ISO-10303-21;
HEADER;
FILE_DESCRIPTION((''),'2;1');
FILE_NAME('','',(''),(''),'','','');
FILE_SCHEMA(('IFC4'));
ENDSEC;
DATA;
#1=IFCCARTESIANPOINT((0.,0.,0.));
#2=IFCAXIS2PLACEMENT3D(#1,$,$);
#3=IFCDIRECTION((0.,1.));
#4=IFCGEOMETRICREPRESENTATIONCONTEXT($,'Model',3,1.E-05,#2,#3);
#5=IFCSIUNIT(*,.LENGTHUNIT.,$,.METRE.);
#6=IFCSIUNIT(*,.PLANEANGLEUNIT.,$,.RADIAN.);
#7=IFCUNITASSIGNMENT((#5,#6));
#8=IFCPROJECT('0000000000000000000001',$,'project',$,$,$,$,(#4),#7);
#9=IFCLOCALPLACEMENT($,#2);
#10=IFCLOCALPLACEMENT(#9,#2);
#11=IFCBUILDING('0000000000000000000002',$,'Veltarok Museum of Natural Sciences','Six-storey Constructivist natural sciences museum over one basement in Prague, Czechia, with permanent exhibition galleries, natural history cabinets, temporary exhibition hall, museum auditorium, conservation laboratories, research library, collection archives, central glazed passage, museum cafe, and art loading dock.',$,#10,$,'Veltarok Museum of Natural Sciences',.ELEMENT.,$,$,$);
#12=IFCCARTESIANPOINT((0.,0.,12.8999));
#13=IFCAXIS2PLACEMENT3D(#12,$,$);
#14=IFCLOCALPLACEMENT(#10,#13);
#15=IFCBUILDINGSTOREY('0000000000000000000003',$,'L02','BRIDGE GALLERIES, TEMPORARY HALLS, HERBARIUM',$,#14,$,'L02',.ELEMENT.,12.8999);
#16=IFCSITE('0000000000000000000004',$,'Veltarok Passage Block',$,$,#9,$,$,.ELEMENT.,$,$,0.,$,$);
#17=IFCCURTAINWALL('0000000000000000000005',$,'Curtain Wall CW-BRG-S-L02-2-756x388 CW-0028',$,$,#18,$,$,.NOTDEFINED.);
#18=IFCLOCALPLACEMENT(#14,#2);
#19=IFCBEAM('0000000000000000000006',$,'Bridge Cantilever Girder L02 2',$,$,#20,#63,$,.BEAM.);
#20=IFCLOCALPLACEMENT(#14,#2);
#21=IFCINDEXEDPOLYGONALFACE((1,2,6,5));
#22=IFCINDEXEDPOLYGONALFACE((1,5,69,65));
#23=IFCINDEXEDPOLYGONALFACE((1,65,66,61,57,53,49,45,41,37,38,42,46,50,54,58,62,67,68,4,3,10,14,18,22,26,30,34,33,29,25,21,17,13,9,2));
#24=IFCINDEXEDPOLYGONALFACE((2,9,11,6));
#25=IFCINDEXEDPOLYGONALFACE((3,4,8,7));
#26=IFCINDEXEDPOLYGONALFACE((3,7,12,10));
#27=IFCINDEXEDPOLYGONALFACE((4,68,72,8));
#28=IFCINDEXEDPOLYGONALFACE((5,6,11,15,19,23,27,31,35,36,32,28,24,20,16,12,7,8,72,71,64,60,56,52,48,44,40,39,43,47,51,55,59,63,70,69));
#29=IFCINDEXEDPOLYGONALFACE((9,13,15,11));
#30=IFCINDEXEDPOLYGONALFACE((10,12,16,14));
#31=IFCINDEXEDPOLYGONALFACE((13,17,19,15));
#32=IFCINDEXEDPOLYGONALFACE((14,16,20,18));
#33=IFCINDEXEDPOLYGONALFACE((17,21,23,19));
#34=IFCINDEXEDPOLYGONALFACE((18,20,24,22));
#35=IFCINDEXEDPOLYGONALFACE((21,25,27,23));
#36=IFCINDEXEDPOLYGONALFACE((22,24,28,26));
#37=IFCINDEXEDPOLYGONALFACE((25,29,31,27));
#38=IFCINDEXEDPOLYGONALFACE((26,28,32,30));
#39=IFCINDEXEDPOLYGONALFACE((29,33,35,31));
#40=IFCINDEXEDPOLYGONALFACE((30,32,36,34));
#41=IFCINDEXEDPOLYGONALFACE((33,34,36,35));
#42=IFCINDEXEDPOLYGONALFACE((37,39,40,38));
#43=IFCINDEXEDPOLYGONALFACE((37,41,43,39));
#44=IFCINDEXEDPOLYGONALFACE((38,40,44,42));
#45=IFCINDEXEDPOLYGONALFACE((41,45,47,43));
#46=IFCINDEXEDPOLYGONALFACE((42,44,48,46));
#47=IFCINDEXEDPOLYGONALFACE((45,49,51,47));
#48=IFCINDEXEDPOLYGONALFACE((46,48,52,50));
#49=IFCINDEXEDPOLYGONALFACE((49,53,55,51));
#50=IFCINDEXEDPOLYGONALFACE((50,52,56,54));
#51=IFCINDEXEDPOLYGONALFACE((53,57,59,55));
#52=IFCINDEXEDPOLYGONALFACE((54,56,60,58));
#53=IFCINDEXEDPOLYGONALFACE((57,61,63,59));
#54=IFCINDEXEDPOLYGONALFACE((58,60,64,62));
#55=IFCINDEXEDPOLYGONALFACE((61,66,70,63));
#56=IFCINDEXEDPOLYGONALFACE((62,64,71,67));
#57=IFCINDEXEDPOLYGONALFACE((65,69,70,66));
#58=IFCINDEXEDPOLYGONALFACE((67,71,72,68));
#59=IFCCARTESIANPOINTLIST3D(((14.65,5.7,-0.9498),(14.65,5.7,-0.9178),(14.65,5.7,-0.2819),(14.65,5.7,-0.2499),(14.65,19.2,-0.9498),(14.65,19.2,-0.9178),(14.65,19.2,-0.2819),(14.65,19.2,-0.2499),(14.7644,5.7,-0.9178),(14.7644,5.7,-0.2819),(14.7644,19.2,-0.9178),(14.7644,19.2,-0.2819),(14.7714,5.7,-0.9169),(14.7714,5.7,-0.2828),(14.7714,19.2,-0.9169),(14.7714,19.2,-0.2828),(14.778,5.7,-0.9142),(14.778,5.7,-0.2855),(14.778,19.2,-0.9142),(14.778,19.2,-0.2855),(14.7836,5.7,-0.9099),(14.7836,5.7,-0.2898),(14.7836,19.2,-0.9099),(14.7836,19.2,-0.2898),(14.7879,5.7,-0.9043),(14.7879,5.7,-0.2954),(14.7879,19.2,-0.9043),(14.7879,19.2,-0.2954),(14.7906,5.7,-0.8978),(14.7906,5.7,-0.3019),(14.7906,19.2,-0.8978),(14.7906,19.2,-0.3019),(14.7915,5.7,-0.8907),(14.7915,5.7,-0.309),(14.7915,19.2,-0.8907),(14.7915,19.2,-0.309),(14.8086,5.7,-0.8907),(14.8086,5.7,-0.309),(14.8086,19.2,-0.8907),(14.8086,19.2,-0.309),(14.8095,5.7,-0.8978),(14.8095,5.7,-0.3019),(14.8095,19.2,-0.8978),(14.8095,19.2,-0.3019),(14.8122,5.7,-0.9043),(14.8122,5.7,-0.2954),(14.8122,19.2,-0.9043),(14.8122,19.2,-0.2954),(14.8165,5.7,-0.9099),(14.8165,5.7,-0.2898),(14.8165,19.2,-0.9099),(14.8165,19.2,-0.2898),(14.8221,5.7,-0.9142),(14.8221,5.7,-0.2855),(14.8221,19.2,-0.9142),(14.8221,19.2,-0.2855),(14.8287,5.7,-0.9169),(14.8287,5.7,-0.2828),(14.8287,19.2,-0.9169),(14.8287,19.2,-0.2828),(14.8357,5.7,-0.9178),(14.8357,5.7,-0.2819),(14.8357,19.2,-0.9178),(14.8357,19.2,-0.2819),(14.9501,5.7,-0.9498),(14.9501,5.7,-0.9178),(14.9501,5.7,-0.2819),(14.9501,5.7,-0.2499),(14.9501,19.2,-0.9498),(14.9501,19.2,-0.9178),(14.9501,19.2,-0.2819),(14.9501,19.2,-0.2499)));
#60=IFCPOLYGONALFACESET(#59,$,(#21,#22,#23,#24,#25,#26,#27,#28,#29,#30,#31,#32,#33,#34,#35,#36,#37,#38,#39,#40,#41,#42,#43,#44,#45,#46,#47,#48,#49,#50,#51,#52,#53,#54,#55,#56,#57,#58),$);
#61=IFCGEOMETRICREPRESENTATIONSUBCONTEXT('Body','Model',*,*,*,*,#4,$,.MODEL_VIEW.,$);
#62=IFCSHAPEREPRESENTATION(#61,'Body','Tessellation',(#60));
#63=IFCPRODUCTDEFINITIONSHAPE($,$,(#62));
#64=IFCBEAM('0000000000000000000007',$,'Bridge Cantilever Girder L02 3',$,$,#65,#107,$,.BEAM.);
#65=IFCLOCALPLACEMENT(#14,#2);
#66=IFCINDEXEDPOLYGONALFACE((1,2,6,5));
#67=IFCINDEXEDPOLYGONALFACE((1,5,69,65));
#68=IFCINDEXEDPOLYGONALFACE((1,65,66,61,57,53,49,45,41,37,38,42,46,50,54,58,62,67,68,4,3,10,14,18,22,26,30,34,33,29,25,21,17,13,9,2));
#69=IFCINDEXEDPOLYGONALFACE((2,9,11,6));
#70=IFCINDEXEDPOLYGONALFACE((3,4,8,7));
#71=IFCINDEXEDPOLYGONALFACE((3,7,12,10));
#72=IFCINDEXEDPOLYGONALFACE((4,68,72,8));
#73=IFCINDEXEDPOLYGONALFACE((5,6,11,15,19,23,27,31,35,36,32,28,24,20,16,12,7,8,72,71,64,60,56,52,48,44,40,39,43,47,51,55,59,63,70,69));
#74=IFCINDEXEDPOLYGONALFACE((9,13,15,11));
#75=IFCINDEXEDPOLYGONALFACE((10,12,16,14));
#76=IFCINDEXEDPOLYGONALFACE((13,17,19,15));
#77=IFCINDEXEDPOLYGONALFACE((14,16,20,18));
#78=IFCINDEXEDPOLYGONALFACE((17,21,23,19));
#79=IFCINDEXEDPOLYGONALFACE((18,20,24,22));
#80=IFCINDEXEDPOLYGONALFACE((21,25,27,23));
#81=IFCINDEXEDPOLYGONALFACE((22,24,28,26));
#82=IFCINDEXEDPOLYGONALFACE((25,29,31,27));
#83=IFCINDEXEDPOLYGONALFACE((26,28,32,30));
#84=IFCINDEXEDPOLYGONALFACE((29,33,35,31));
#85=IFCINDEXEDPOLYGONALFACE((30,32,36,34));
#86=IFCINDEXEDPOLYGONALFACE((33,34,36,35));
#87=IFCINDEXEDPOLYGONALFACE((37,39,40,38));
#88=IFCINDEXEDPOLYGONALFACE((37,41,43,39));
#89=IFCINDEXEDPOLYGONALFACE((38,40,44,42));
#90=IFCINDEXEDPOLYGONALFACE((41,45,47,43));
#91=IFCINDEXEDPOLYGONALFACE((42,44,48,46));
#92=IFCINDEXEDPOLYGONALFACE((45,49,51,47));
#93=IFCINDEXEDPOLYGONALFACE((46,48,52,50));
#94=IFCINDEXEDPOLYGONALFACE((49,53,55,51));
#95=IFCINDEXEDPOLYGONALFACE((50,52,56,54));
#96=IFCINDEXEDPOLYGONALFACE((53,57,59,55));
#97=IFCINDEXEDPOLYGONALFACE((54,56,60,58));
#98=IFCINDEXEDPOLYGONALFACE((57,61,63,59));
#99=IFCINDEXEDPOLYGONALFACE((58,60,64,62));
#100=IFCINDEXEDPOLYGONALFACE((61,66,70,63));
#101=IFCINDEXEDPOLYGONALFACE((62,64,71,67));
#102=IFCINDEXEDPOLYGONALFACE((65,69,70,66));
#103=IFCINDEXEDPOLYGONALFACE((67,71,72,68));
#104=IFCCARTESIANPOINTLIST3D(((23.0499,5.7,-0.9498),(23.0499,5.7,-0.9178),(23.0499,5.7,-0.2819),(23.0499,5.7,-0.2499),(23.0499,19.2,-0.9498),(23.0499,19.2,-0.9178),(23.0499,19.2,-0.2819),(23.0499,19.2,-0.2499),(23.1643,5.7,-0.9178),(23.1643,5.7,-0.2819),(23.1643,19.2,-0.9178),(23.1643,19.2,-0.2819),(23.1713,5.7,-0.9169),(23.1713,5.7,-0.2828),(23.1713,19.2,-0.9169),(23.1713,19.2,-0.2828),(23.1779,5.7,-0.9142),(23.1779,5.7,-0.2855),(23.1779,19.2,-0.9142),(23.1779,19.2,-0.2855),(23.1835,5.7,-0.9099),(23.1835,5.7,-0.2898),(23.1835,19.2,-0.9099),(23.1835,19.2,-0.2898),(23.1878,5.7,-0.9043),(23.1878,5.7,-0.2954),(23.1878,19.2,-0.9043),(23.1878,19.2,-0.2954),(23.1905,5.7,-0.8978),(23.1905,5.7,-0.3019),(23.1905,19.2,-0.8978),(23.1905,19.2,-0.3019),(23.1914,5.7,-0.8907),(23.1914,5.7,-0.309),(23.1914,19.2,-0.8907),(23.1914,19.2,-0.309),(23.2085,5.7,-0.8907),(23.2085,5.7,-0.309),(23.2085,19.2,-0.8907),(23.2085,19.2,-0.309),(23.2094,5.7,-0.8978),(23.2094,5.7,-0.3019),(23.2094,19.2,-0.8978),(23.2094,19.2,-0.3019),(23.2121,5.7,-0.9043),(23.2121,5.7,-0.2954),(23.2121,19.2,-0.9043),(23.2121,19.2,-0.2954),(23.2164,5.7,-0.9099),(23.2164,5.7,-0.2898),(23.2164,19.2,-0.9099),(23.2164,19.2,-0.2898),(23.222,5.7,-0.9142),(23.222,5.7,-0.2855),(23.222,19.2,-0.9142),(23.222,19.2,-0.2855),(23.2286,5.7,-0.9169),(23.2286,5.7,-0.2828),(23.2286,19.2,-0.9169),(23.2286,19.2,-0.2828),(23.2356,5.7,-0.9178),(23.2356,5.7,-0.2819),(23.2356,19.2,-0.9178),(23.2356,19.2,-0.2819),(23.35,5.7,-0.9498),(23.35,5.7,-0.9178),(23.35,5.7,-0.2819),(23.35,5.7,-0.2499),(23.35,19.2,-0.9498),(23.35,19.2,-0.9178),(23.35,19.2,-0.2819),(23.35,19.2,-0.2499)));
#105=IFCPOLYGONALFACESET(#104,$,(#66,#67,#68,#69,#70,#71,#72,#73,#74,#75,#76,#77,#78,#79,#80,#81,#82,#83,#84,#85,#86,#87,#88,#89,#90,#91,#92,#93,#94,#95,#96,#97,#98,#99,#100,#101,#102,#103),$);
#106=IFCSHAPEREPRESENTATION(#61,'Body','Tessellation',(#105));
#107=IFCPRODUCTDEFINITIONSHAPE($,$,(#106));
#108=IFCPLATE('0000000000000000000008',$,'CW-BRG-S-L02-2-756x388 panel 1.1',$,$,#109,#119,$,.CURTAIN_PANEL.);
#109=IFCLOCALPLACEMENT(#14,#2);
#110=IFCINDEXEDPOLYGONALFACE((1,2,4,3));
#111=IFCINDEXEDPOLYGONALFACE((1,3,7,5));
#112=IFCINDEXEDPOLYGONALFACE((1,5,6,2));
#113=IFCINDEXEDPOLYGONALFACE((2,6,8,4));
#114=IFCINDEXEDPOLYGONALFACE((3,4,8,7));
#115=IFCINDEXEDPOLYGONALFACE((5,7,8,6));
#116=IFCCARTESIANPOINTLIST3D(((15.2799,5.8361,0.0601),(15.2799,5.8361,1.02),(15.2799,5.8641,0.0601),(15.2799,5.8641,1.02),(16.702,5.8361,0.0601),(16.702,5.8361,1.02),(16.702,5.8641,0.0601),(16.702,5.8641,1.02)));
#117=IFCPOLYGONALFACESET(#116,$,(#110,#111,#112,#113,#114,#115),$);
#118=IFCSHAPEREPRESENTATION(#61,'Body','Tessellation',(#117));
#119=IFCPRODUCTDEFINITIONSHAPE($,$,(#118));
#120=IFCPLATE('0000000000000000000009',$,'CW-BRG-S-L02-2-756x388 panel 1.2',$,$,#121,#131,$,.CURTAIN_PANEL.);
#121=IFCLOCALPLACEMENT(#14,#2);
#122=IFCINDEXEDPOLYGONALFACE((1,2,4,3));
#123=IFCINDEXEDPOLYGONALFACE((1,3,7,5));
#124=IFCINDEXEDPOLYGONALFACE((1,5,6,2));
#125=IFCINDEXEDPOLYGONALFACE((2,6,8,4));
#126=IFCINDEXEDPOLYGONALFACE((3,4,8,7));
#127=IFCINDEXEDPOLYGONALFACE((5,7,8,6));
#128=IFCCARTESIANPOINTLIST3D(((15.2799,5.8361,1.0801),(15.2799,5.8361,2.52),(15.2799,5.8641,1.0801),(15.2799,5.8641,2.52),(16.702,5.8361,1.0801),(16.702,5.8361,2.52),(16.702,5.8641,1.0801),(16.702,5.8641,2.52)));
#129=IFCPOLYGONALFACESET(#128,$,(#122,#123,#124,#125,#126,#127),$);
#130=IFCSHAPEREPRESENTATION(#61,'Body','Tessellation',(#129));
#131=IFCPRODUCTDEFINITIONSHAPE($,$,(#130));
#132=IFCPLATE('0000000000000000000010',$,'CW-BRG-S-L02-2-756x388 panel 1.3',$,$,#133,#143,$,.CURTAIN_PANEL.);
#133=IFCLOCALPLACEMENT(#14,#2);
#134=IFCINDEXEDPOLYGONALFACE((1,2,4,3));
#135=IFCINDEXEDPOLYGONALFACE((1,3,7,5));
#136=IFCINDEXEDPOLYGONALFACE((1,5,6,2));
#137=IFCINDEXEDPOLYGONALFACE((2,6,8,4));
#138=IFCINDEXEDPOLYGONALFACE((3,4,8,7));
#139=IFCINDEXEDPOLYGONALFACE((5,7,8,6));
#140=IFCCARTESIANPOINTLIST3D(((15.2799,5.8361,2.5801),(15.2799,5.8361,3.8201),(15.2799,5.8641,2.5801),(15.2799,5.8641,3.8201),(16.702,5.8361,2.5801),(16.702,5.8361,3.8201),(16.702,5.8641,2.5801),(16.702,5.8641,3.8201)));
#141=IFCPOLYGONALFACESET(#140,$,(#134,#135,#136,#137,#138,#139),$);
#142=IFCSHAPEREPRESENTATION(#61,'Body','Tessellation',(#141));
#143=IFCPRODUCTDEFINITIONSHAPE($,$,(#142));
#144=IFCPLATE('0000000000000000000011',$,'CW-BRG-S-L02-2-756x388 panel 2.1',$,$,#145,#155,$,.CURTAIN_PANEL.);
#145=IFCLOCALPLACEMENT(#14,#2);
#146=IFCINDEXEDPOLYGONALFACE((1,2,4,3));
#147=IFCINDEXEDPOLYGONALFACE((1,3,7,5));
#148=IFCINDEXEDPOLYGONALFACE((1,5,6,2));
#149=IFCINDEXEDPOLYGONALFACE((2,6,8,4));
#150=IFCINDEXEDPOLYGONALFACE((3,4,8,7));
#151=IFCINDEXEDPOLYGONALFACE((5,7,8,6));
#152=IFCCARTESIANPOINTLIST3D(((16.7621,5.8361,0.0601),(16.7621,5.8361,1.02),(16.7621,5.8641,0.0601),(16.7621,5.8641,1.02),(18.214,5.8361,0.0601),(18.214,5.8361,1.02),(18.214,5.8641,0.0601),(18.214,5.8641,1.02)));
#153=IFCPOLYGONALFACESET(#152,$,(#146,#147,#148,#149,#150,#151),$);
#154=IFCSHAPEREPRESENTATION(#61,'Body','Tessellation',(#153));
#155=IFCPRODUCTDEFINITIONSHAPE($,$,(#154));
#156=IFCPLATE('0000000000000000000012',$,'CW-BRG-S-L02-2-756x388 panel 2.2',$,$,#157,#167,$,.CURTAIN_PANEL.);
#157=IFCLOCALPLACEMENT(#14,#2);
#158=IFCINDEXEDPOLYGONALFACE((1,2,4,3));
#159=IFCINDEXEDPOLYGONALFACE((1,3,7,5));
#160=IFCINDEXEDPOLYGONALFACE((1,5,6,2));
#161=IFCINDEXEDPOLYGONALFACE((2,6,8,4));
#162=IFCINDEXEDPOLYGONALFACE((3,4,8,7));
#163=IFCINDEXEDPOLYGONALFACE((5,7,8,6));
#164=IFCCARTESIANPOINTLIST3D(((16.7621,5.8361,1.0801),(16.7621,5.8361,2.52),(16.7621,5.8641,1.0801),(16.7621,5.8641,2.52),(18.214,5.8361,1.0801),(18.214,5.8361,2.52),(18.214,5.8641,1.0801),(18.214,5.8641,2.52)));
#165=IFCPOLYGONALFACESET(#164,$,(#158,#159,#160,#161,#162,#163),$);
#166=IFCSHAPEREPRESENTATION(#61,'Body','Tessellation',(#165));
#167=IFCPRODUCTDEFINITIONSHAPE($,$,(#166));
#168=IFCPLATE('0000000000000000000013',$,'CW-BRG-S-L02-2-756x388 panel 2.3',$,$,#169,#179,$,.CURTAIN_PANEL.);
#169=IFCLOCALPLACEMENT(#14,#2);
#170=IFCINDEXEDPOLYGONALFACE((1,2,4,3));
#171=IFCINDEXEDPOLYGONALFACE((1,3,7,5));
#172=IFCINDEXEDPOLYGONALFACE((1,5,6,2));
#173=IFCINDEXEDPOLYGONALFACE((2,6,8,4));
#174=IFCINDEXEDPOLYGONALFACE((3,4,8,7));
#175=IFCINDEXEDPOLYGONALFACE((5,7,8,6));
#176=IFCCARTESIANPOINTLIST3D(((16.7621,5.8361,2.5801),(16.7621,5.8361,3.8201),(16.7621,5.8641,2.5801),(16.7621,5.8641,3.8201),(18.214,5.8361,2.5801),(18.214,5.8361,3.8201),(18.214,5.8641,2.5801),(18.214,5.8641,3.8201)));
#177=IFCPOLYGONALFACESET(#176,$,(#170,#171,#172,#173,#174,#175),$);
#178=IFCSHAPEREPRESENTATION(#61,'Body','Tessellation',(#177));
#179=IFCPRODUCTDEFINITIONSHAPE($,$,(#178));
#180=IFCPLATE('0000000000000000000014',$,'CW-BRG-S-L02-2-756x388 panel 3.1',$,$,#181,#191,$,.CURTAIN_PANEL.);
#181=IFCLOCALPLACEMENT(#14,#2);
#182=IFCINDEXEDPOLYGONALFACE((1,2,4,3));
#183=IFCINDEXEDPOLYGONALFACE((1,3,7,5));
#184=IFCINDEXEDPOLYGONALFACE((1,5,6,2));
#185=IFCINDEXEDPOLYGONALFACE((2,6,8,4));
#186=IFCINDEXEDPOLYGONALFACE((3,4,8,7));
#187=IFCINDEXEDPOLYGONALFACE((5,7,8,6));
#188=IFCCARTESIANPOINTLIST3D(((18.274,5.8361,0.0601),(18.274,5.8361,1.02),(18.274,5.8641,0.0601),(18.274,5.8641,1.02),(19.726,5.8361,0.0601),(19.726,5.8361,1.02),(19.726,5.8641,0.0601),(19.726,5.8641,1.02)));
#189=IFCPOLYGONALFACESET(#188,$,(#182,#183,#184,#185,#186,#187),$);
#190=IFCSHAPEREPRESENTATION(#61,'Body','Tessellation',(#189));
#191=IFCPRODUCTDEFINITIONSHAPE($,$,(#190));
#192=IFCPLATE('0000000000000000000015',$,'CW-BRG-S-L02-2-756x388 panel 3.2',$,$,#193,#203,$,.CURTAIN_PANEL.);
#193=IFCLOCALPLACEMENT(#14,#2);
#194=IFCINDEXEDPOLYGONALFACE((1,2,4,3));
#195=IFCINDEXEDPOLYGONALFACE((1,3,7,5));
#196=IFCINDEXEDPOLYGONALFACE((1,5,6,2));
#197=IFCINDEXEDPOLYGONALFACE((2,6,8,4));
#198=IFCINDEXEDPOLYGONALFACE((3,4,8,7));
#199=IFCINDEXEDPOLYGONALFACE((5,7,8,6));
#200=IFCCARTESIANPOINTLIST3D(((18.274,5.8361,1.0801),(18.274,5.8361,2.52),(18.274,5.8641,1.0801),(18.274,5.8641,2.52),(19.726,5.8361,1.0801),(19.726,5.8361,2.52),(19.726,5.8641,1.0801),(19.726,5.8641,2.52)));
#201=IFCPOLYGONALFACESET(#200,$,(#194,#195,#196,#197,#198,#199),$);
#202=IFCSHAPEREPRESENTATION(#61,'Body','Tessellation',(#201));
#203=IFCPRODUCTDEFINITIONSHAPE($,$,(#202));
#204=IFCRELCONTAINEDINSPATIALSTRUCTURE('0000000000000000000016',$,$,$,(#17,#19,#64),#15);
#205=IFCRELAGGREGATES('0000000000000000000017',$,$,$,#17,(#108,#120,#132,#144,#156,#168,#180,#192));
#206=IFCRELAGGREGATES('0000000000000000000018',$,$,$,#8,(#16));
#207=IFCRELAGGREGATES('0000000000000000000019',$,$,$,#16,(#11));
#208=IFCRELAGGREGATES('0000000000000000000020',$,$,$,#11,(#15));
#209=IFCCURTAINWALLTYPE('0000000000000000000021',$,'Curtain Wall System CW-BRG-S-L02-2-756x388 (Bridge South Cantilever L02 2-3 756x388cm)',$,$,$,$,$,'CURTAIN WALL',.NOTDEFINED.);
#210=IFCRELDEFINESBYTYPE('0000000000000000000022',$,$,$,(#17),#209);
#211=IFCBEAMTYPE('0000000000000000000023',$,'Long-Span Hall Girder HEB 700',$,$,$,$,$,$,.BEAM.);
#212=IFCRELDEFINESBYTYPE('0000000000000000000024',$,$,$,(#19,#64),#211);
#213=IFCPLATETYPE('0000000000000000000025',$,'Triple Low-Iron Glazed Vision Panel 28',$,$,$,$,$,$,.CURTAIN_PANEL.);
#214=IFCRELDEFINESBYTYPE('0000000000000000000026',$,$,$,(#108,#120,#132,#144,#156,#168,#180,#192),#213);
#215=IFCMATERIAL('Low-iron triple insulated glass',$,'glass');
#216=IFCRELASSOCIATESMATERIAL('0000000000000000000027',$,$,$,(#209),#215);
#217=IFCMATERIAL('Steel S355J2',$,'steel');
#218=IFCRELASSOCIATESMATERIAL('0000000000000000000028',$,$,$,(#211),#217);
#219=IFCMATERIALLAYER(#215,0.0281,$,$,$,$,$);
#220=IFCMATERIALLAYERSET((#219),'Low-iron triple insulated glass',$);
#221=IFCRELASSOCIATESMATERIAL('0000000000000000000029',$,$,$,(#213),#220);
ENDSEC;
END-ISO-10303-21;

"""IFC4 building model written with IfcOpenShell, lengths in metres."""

from ifc_helpers import new_model, si_unit, direction, frame, origin, origin_2d, place, context, subcontext, project, spatial, rectangle, i_section, extrude, material, layer, layer_set, material_profile, profile_set, type_object, element, aggregate, save


model = new_model("IFC4")

# Units and contexts
model_context = context("Model", 3, precision=1e-05, world=origin(), true_north=direction((0.0, 1.0)))
body_context = subcontext(model_context, "Body", "Model", "MODEL_VIEW")
ifc_project = project(units=[si_unit("LENGTHUNIT", "METRE"), si_unit("PLANEANGLEUNIT", "RADIAN")], contexts=[model_context])

# Site, building, storey
site_placement = place(None, origin())
site = spatial("IfcSite", under=ifc_project, at=site_placement, Name="Veltarok Passage Block", CompositionType="ELEMENT", RefElevation=0.0)
building_placement = place(site_placement, origin())
building = spatial("IfcBuilding", under=site, at=building_placement, Name="Veltarok Museum of Natural Sciences", Description="Six-storey Constructivist natural sciences museum over one basement in Prague, Czechia, with permanent exhibition galleries, natural history cabinets, temporary exhibition hall, museum auditorium, conservation laboratories, research library, collection archives, central glazed passage, museum cafe, and art loading dock.", LongName="Veltarok Museum of Natural Sciences", CompositionType="ELEMENT")
storey_placement = place(building_placement, frame((0.0, 0.0, 12.8999)))
storey = spatial("IfcBuildingStorey", under=building, at=storey_placement, Name="L02", Description="BRIDGE GALLERIES, TEMPORARY HALLS, HERBARIUM", LongName="L02", CompositionType="ELEMENT", Elevation=12.8999)

# Shared definitions
ifc_material_1 = material(Name="Steel S355J2", Category="steel")

# Curtain wall
ifc_material_2 = material(Name="Low-iron triple insulated glass", Category="glass")
curtain_wall_type = type_object("IfcCurtainWallType", Name="Curtain Wall System CW-BRG-S-L02-2-756x388 (Bridge South Cantilever L02 2-3 756x388cm)", ElementType="CURTAIN WALL", PredefinedType="NOTDEFINED", material=ifc_material_2)
curtain_wall_placement = place(storey_placement, origin())
curtain_wall = element("IfcCurtainWall", 1, at=curtain_wall_placement, inside=storey, type_object=curtain_wall_type, Name="Curtain Wall CW-BRG-S-L02-2-756x388 CW-0028", PredefinedType="NOTDEFINED")

# Beams
ifc_material_profile_1 = material_profile(ifc_material_1, i_section(OverallWidth=0.3, OverallDepth=0.7, WebThickness=0.0171, FlangeThickness=0.032, FilletRadius=0.0271, at=origin_2d()), Name="HEB 700")
ifc_profile_set_1 = profile_set([ifc_material_profile_1], Name="Steel S355J2")
beam_type_1 = type_object("IfcBeamType", Name="Long-Span Hall Girder HEB 700", PredefinedType="BEAM", material=ifc_profile_set_1)
for number, where, z_axis, x_axis, name in (
    (2, (14.8, 5.7, -0.5999), (0.0, 1.0, 0.0), (-1.0, 0.0, 0.0), "Bridge Cantilever Girder L02 2"),
    (3, (23.2, 5.7, -0.5999), (0.0, 1.0, 0.0), (-1.0, 0.0, 0.0), "Bridge Cantilever Girder L02 3"),
):
    element("IfcBeam", number, at=place(storey_placement, frame(where, z_axis=z_axis, x_axis=x_axis)), inside=storey, type_object=beam_type_1, Name=name, PredefinedType="BEAM", context=body_context, shape_type="SweptSolid", body=[
        extrude(i_section(OverallWidth=0.3, OverallDepth=0.7, WebThickness=0.0171, FlangeThickness=0.032, FilletRadius=0.0271, at=origin_2d()), origin(), (0.0, 0.0, 1.0), 13.5),
    ])

# Plates
ifc_layer = layer(ifc_material_2, 0.0281)
ifc_layer_set = layer_set([ifc_layer], Name="Low-iron triple insulated glass")
plate_type = type_object("IfcPlateType", Name="Triple Low-Iron Glazed Vision Panel 28", PredefinedType="CURTAIN_PANEL", material=ifc_layer_set)
plate_1_placement = place(storey_placement, frame((15.991, 5.8501, 0.0601), z_axis=(0.0, 0.0, 1.0), x_axis=(1.0, 0.0, 0.0)))
plate_1 = element("IfcPlate", 4, at=plate_1_placement, type_object=plate_type, Name="CW-BRG-S-L02-2-756x388 panel 1.1", PredefinedType="CURTAIN_PANEL", context=body_context, shape_type="SweptSolid", body=[
    extrude(rectangle(XDim=1.4221, YDim=0.0281, at=origin_2d()), origin(), (0.0, 0.0, 1.0), 0.96),
])
plate_2_placement = place(storey_placement, frame((15.991, 5.8501, 1.0801), z_axis=(0.0, 0.0, 1.0), x_axis=(1.0, 0.0, 0.0)))
plate_2 = element("IfcPlate", 5, at=plate_2_placement, type_object=plate_type, Name="CW-BRG-S-L02-2-756x388 panel 1.2", PredefinedType="CURTAIN_PANEL", context=body_context, shape_type="SweptSolid", body=[
    extrude(rectangle(XDim=1.4221, YDim=0.0281, at=origin_2d()), origin(), (0.0, 0.0, 1.0), 1.4399),
])
plate_3_placement = place(storey_placement, frame((15.991, 5.8501, 2.5801), z_axis=(0.0, 0.0, 1.0), x_axis=(1.0, 0.0, 0.0)))
plate_3 = element("IfcPlate", 6, at=plate_3_placement, type_object=plate_type, Name="CW-BRG-S-L02-2-756x388 panel 1.3", PredefinedType="CURTAIN_PANEL", context=body_context, shape_type="SweptSolid", body=[
    extrude(rectangle(XDim=1.4221, YDim=0.0281, at=origin_2d()), origin(), (0.0, 0.0, 1.0), 1.24),
])
plate_4_placement = place(storey_placement, frame((17.488, 5.8501, 0.0601), z_axis=(0.0, 0.0, 1.0), x_axis=(1.0, 0.0, 0.0)))
plate_4 = element("IfcPlate", 7, at=plate_4_placement, type_object=plate_type, Name="CW-BRG-S-L02-2-756x388 panel 2.1", PredefinedType="CURTAIN_PANEL", context=body_context, shape_type="SweptSolid", body=[
    extrude(rectangle(XDim=1.4519, YDim=0.0281, at=origin_2d()), origin(), (0.0, 0.0, 1.0), 0.96),
])
plate_5_placement = place(storey_placement, frame((17.488, 5.8501, 1.0801), z_axis=(0.0, 0.0, 1.0), x_axis=(1.0, 0.0, 0.0)))
plate_5 = element("IfcPlate", 8, at=plate_5_placement, type_object=plate_type, Name="CW-BRG-S-L02-2-756x388 panel 2.2", PredefinedType="CURTAIN_PANEL", context=body_context, shape_type="SweptSolid", body=[
    extrude(rectangle(XDim=1.4519, YDim=0.0281, at=origin_2d()), origin(), (0.0, 0.0, 1.0), 1.4399),
])
plate_6_placement = place(storey_placement, frame((17.488, 5.8501, 2.5801), z_axis=(0.0, 0.0, 1.0), x_axis=(1.0, 0.0, 0.0)))
plate_6 = element("IfcPlate", 9, at=plate_6_placement, type_object=plate_type, Name="CW-BRG-S-L02-2-756x388 panel 2.3", PredefinedType="CURTAIN_PANEL", context=body_context, shape_type="SweptSolid", body=[
    extrude(rectangle(XDim=1.4519, YDim=0.0281, at=origin_2d()), origin(), (0.0, 0.0, 1.0), 1.24),
])
plate_7_placement = place(storey_placement, frame((19.0, 5.8501, 0.0601), z_axis=(0.0, 0.0, 1.0), x_axis=(1.0, 0.0, 0.0)))
plate_7 = element("IfcPlate", 10, at=plate_7_placement, type_object=plate_type, Name="CW-BRG-S-L02-2-756x388 panel 3.1", PredefinedType="CURTAIN_PANEL", context=body_context, shape_type="SweptSolid", body=[
    extrude(rectangle(XDim=1.4519, YDim=0.0281, at=origin_2d()), origin(), (0.0, 0.0, 1.0), 0.96),
])
plate_8_placement = place(storey_placement, frame((19.0, 5.8501, 1.0801), z_axis=(0.0, 0.0, 1.0), x_axis=(1.0, 0.0, 0.0)))
plate_8 = element("IfcPlate", 11, at=plate_8_placement, type_object=plate_type, Name="CW-BRG-S-L02-2-756x388 panel 3.2", PredefinedType="CURTAIN_PANEL", context=body_context, shape_type="SweptSolid", body=[
    extrude(rectangle(XDim=1.4519, YDim=0.0281, at=origin_2d()), origin(), (0.0, 0.0, 1.0), 1.4399),
])
aggregate(curtain_wall, [plate_1, plate_2, plate_3, plate_4, plate_5, plate_6, plate_7, plate_8])

save(model, "model.ifc")
